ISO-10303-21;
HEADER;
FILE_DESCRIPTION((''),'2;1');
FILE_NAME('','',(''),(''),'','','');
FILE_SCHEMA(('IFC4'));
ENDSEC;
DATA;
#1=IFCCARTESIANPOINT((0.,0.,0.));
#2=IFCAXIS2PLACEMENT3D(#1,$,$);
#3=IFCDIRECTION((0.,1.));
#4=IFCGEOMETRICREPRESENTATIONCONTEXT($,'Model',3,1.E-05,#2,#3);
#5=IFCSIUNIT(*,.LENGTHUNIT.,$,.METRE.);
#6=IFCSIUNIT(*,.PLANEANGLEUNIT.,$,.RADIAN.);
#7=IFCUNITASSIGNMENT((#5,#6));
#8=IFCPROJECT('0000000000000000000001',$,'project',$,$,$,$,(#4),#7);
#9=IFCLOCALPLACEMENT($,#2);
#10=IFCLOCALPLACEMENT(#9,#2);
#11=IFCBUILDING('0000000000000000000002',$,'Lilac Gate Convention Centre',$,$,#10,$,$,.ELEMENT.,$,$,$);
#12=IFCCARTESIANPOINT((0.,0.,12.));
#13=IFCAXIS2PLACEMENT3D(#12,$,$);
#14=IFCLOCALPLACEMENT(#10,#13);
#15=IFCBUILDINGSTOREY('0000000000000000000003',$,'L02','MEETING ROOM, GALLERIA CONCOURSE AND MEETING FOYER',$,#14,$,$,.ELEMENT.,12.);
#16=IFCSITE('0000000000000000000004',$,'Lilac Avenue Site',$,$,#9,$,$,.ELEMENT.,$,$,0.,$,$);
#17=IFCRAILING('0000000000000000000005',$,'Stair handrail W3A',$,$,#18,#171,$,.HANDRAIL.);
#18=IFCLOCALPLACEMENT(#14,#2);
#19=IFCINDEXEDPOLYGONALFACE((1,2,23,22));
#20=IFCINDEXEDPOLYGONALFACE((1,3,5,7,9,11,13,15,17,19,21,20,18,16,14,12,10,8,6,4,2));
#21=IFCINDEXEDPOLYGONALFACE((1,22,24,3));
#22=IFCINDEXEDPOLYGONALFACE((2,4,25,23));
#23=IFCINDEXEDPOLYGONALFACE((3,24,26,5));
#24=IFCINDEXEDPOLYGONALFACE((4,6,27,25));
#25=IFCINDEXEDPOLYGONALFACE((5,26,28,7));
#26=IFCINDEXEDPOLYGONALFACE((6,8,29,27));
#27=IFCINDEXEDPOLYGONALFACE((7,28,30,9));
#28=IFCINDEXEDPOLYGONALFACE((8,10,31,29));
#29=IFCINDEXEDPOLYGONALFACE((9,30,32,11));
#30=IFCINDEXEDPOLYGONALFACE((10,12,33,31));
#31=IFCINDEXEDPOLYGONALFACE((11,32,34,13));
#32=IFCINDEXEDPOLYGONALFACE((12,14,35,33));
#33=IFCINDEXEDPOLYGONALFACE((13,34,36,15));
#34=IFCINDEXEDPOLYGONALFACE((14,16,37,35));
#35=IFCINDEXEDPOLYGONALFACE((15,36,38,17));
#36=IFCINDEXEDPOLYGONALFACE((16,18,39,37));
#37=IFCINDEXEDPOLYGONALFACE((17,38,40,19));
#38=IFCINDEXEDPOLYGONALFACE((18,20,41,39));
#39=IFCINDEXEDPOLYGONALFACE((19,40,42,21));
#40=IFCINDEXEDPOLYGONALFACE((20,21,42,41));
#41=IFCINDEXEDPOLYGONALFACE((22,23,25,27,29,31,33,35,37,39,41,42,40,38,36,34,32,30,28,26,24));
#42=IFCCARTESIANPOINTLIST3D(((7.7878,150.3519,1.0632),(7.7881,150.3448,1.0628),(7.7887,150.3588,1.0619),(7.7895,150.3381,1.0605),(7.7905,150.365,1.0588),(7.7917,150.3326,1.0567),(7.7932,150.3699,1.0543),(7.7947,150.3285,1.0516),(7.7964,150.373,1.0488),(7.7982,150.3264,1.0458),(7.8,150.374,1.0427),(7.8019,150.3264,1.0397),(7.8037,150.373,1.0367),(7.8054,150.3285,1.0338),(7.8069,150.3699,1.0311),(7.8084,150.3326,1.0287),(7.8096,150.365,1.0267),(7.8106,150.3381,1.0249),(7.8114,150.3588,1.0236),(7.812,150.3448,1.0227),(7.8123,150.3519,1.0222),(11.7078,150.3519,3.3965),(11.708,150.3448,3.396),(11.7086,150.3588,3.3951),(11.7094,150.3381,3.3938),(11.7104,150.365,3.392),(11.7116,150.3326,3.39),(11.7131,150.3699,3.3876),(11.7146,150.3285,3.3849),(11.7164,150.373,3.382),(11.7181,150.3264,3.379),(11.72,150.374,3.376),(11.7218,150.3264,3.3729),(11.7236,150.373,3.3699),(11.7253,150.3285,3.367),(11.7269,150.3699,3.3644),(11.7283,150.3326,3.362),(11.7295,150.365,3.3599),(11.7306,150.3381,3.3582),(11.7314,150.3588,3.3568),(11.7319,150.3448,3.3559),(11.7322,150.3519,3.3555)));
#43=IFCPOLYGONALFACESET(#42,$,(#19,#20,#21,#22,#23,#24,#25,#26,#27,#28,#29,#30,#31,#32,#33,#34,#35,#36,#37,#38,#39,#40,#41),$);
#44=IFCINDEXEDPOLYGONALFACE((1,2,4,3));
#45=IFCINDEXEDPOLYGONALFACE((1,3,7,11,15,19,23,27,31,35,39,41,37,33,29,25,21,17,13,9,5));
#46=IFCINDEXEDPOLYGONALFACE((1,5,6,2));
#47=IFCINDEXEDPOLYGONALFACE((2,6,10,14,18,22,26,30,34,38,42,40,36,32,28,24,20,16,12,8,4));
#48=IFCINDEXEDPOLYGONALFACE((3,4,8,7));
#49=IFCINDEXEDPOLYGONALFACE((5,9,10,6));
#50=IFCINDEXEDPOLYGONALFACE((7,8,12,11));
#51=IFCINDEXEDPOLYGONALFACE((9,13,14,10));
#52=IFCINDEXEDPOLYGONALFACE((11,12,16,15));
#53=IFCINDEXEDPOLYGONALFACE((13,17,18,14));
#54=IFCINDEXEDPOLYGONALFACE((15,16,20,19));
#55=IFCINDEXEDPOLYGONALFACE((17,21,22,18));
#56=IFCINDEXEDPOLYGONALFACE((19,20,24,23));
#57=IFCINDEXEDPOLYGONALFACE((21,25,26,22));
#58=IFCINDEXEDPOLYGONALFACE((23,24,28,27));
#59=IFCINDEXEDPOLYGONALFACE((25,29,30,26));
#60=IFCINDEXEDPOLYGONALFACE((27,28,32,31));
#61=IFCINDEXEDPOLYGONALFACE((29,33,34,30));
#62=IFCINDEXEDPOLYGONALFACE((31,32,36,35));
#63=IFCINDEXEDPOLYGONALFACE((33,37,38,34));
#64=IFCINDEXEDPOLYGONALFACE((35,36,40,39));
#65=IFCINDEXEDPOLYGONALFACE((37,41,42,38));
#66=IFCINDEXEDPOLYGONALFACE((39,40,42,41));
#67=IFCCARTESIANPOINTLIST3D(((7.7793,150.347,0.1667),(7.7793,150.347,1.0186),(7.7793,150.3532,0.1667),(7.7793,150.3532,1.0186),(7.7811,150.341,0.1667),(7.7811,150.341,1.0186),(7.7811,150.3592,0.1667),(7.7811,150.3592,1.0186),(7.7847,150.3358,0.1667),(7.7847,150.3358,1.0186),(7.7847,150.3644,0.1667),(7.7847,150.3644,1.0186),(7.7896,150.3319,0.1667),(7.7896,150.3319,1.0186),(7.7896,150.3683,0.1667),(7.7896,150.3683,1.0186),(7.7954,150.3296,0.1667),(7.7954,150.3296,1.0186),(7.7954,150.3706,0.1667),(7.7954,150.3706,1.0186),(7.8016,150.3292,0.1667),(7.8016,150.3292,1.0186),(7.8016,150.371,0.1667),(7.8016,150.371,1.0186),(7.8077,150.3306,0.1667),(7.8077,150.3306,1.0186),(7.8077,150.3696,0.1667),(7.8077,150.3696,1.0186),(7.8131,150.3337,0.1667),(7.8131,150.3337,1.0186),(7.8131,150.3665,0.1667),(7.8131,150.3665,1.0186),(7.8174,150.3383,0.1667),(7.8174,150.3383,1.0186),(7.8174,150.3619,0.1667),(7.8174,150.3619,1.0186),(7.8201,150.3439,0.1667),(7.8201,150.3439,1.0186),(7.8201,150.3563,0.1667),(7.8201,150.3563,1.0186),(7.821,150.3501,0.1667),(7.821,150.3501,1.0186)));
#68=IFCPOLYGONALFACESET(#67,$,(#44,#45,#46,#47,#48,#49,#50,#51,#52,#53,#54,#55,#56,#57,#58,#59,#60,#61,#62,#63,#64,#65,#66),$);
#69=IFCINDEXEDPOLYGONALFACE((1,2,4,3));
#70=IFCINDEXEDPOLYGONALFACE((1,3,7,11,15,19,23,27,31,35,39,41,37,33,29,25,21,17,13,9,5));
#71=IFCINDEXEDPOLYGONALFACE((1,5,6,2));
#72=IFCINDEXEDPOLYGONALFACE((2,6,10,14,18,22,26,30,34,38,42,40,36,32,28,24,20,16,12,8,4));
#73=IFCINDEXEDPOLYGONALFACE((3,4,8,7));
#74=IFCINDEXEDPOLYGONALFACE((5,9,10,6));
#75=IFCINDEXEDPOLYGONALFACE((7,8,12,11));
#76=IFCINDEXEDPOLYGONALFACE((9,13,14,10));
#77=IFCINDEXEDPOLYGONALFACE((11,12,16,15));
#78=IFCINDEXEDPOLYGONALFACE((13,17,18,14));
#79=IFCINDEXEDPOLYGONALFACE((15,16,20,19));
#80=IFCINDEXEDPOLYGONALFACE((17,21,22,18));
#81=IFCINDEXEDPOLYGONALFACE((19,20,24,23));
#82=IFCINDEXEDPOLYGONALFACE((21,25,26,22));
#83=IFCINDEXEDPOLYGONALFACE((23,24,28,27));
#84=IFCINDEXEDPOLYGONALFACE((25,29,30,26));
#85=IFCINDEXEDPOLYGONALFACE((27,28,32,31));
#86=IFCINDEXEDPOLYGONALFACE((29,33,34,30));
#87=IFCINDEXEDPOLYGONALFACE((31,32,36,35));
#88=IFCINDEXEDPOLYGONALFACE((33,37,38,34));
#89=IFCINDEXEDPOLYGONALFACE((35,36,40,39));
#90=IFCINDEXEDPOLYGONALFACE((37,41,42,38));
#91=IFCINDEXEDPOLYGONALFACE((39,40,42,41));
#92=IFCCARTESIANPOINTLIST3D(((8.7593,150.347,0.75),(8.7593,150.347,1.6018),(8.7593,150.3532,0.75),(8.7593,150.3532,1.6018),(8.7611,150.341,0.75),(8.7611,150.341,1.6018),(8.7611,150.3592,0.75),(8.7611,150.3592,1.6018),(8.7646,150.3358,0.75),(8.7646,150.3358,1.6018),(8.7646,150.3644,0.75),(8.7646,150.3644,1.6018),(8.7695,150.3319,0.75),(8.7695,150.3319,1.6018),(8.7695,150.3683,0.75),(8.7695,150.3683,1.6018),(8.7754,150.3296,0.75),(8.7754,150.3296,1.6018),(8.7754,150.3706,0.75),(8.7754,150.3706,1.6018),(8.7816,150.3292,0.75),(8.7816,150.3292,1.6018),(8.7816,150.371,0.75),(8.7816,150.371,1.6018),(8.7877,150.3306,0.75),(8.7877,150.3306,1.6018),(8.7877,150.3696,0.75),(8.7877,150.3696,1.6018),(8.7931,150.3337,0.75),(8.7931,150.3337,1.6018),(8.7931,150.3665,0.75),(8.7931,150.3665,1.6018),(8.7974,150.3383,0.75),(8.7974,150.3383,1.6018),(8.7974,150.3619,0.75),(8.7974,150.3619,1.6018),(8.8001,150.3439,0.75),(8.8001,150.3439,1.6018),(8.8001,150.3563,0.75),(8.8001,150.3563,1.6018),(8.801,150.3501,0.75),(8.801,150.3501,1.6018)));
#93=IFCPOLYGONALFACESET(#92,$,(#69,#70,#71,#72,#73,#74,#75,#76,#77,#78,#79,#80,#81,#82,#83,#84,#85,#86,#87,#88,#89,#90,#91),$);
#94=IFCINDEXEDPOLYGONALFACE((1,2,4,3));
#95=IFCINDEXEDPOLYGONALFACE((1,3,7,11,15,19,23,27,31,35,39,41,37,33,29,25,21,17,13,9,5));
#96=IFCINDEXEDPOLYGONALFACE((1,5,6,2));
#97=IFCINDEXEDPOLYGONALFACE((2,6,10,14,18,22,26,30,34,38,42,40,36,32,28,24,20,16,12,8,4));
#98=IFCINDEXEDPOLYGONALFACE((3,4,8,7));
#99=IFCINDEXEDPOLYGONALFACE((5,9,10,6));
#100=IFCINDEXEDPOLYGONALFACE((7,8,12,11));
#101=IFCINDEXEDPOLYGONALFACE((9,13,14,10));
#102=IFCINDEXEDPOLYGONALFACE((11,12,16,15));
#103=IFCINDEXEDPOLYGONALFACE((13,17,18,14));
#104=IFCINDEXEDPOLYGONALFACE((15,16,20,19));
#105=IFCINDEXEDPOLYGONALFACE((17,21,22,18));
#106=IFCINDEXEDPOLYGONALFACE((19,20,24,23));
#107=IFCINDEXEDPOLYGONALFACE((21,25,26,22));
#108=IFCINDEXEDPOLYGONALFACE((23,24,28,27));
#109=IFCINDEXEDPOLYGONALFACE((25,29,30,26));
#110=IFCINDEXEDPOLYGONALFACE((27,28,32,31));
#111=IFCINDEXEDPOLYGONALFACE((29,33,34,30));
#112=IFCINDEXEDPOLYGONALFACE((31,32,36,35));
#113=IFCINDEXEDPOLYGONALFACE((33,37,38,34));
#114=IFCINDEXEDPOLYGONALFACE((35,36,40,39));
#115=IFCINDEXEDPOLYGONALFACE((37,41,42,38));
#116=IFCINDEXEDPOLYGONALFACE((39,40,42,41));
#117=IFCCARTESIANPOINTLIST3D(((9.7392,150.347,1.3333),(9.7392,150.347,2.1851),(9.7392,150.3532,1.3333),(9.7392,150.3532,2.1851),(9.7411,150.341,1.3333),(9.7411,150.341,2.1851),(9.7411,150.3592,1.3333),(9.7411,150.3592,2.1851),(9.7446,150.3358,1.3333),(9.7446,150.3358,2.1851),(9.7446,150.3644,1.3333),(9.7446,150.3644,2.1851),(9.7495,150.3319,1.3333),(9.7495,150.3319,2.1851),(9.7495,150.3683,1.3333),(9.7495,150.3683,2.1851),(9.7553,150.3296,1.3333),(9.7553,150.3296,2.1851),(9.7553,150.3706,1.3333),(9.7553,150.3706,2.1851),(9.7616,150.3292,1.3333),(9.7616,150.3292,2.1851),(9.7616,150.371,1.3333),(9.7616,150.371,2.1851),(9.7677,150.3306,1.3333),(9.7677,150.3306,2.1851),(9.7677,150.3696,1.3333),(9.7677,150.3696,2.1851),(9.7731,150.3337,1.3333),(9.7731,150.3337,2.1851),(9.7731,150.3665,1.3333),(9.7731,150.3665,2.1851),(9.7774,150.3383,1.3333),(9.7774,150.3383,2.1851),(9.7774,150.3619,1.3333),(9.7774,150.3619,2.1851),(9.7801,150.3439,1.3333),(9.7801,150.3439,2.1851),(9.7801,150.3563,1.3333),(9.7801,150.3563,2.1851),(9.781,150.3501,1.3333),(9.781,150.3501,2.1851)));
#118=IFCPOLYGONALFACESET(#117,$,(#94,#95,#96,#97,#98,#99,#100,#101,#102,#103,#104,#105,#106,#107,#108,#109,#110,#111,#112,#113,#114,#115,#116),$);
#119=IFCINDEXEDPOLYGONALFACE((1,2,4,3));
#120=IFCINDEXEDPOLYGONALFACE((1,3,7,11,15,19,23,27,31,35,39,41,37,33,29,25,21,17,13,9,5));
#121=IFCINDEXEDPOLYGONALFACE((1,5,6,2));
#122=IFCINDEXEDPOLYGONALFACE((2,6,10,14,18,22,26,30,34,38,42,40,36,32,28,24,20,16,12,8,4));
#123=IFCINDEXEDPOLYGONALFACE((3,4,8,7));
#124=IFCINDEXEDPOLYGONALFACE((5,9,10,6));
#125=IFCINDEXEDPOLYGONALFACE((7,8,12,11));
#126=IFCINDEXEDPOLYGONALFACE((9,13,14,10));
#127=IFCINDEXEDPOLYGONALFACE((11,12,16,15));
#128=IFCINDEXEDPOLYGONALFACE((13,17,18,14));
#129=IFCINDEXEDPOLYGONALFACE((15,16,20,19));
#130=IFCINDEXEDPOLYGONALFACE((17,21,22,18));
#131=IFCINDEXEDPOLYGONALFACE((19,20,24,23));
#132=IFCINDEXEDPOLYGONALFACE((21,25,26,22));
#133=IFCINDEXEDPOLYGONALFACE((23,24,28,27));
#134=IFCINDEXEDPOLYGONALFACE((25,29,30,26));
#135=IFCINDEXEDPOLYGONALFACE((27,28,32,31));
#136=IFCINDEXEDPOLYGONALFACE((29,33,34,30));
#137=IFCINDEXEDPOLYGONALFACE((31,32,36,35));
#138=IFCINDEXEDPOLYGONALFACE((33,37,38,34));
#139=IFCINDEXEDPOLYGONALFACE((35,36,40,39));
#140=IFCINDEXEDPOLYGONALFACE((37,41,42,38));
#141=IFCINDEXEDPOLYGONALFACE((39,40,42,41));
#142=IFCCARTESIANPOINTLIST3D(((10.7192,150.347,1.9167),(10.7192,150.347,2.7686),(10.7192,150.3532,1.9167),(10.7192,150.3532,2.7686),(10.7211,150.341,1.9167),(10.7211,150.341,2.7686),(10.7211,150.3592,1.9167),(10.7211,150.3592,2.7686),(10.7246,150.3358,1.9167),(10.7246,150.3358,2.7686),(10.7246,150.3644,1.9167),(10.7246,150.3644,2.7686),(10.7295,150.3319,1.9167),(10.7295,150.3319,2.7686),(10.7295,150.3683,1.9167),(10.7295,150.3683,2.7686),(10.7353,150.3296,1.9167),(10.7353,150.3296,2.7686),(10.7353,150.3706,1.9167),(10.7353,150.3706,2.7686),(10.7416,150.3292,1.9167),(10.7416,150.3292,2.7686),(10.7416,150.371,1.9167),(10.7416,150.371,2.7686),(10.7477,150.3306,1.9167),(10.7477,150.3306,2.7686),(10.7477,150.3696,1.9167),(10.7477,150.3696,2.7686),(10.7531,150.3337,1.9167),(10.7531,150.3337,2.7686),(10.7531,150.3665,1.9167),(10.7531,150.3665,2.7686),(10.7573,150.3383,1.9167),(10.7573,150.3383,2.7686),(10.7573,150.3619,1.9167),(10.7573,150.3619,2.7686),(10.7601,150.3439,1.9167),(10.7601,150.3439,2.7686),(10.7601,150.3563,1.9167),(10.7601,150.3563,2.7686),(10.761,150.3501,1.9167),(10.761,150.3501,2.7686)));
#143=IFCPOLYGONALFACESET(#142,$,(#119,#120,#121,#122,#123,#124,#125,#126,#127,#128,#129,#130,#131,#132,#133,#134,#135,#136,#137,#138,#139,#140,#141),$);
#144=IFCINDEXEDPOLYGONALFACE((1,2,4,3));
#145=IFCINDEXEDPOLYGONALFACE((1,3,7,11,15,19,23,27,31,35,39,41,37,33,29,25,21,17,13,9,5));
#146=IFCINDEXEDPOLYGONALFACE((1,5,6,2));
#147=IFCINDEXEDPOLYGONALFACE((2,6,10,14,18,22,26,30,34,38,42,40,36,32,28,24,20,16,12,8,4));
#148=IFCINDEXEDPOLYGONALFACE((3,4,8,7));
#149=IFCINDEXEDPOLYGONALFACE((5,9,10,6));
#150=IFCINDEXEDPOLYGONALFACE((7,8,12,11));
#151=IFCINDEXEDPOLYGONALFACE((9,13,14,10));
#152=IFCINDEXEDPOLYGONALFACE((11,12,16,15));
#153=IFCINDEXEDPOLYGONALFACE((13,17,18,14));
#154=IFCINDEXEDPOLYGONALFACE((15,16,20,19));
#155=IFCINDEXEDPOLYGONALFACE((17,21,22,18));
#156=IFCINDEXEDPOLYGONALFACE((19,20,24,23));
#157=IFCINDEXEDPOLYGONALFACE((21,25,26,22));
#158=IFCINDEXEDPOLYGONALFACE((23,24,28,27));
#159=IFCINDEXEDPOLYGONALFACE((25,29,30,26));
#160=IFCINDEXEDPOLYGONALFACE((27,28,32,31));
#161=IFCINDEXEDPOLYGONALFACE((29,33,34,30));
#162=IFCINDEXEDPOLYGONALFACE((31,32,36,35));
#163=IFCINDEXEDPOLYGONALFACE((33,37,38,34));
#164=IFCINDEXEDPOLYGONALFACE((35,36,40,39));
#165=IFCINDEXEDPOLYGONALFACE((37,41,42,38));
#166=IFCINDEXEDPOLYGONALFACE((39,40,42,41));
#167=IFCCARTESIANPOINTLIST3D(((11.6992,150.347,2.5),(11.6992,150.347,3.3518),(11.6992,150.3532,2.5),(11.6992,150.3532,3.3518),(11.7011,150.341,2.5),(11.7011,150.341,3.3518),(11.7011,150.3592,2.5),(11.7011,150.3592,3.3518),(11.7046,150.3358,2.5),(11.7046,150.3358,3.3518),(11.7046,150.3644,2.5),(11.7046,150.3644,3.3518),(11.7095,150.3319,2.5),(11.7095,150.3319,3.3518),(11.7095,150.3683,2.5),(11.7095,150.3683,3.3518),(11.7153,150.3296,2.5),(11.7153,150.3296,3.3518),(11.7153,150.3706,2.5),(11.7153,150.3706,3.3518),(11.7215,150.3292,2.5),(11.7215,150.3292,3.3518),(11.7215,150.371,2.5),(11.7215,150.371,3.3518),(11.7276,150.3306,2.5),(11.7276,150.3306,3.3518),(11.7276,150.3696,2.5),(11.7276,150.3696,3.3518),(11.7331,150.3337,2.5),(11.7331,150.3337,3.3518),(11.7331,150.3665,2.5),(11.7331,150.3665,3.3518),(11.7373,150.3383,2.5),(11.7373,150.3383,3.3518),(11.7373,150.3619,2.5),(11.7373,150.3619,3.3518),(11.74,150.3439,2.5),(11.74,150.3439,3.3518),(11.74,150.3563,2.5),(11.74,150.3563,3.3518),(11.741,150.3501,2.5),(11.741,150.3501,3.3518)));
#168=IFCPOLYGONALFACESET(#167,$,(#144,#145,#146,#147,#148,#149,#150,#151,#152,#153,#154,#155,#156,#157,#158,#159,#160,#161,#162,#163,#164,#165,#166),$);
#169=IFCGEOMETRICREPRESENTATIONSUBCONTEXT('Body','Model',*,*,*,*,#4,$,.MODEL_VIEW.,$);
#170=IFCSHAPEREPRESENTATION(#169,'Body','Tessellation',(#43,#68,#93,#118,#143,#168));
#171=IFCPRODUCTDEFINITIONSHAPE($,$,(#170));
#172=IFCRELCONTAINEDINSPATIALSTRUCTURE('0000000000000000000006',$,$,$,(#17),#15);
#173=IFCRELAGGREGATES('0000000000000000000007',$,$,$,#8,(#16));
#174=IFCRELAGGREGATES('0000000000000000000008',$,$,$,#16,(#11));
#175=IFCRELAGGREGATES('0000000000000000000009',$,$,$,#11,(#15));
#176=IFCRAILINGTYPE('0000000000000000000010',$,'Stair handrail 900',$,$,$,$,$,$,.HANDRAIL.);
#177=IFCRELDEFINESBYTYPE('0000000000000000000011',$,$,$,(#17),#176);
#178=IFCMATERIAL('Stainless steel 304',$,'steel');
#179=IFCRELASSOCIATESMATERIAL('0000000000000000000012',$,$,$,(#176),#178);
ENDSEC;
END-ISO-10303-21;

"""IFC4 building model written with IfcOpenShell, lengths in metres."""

from ifc_helpers import new_model, si_unit, direction, frame, origin, origin_2d, place, context, subcontext, project, spatial, circle, extrude, material, type_object, element, save


model = new_model("IFC4")

# Units and contexts
model_context = context("Model", 3, precision=1e-05, world=origin(), true_north=direction((0.0, 1.0)))
body_context = subcontext(model_context, "Body", "Model", "MODEL_VIEW")
ifc_project = project(units=[si_unit("LENGTHUNIT", "METRE"), si_unit("PLANEANGLEUNIT", "RADIAN")], contexts=[model_context])

# Site, building, storey
site_placement = place(None, origin())
site = spatial("IfcSite", under=ifc_project, at=site_placement, Name="Lilac Avenue Site", CompositionType="ELEMENT", RefElevation=0.0)
building_placement = place(site_placement, origin())
building = spatial("IfcBuilding", under=site, at=building_placement, Name="Lilac Gate Convention Centre", CompositionType="ELEMENT")
storey_placement = place(building_placement, frame((0.0, 0.0, 12.0)))
storey = spatial("IfcBuildingStorey", under=building, at=storey_placement, Name="L02", Description="MEETING ROOM, GALLERIA CONCOURSE AND MEETING FOYER", CompositionType="ELEMENT", Elevation=12.0)

# Shared definitions
ifc_material_1 = material(Name="Stainless steel 304", Category="steel")

# Railing
railing_type = type_object("IfcRailingType", Name="Stair handrail 900", PredefinedType="HANDRAIL", material=ifc_material_1)
for number, where, name in (
    (1, (7.8, 150.3501, 0.1667), "Stair handrail W3A"),
):
    element("IfcRailing", number, at=place(storey_placement, frame(where)), inside=storey, type_object=railing_type, Name=name, PredefinedType="HANDRAIL", context=body_context, shape_type="SweptSolid", body=[
        extrude(circle(Radius=0.0239, at=origin_2d()), frame((0.0, 0.0, 0.876), z_axis=(0.859296, 0.0, 0.511478), x_axis=(0.0, 1.0, 0.0)), (0.0, 0.0, 1.0), 4.5618),
        extrude(circle(Radius=0.021, at=origin_2d()), origin(), (0.0, 0.0, 1.0), 0.8518),
        extrude(circle(Radius=0.021, at=origin_2d()), frame((0.98, 0.0, 0.5833)), (0.0, 0.0, 1.0), 0.8518),
        extrude(circle(Radius=0.021, at=origin_2d()), frame((1.96, 0.0, 1.1665)), (0.0, 0.0, 1.0), 0.8518),
        extrude(circle(Radius=0.021, at=origin_2d()), frame((2.9399, 0.0, 1.75)), (0.0, 0.0, 1.0), 0.8518),
        extrude(circle(Radius=0.021, at=origin_2d()), frame((3.9199, 0.0, 2.3333)), (0.0, 0.0, 1.0), 0.8518),
    ])

save(model, "model.ifc")
